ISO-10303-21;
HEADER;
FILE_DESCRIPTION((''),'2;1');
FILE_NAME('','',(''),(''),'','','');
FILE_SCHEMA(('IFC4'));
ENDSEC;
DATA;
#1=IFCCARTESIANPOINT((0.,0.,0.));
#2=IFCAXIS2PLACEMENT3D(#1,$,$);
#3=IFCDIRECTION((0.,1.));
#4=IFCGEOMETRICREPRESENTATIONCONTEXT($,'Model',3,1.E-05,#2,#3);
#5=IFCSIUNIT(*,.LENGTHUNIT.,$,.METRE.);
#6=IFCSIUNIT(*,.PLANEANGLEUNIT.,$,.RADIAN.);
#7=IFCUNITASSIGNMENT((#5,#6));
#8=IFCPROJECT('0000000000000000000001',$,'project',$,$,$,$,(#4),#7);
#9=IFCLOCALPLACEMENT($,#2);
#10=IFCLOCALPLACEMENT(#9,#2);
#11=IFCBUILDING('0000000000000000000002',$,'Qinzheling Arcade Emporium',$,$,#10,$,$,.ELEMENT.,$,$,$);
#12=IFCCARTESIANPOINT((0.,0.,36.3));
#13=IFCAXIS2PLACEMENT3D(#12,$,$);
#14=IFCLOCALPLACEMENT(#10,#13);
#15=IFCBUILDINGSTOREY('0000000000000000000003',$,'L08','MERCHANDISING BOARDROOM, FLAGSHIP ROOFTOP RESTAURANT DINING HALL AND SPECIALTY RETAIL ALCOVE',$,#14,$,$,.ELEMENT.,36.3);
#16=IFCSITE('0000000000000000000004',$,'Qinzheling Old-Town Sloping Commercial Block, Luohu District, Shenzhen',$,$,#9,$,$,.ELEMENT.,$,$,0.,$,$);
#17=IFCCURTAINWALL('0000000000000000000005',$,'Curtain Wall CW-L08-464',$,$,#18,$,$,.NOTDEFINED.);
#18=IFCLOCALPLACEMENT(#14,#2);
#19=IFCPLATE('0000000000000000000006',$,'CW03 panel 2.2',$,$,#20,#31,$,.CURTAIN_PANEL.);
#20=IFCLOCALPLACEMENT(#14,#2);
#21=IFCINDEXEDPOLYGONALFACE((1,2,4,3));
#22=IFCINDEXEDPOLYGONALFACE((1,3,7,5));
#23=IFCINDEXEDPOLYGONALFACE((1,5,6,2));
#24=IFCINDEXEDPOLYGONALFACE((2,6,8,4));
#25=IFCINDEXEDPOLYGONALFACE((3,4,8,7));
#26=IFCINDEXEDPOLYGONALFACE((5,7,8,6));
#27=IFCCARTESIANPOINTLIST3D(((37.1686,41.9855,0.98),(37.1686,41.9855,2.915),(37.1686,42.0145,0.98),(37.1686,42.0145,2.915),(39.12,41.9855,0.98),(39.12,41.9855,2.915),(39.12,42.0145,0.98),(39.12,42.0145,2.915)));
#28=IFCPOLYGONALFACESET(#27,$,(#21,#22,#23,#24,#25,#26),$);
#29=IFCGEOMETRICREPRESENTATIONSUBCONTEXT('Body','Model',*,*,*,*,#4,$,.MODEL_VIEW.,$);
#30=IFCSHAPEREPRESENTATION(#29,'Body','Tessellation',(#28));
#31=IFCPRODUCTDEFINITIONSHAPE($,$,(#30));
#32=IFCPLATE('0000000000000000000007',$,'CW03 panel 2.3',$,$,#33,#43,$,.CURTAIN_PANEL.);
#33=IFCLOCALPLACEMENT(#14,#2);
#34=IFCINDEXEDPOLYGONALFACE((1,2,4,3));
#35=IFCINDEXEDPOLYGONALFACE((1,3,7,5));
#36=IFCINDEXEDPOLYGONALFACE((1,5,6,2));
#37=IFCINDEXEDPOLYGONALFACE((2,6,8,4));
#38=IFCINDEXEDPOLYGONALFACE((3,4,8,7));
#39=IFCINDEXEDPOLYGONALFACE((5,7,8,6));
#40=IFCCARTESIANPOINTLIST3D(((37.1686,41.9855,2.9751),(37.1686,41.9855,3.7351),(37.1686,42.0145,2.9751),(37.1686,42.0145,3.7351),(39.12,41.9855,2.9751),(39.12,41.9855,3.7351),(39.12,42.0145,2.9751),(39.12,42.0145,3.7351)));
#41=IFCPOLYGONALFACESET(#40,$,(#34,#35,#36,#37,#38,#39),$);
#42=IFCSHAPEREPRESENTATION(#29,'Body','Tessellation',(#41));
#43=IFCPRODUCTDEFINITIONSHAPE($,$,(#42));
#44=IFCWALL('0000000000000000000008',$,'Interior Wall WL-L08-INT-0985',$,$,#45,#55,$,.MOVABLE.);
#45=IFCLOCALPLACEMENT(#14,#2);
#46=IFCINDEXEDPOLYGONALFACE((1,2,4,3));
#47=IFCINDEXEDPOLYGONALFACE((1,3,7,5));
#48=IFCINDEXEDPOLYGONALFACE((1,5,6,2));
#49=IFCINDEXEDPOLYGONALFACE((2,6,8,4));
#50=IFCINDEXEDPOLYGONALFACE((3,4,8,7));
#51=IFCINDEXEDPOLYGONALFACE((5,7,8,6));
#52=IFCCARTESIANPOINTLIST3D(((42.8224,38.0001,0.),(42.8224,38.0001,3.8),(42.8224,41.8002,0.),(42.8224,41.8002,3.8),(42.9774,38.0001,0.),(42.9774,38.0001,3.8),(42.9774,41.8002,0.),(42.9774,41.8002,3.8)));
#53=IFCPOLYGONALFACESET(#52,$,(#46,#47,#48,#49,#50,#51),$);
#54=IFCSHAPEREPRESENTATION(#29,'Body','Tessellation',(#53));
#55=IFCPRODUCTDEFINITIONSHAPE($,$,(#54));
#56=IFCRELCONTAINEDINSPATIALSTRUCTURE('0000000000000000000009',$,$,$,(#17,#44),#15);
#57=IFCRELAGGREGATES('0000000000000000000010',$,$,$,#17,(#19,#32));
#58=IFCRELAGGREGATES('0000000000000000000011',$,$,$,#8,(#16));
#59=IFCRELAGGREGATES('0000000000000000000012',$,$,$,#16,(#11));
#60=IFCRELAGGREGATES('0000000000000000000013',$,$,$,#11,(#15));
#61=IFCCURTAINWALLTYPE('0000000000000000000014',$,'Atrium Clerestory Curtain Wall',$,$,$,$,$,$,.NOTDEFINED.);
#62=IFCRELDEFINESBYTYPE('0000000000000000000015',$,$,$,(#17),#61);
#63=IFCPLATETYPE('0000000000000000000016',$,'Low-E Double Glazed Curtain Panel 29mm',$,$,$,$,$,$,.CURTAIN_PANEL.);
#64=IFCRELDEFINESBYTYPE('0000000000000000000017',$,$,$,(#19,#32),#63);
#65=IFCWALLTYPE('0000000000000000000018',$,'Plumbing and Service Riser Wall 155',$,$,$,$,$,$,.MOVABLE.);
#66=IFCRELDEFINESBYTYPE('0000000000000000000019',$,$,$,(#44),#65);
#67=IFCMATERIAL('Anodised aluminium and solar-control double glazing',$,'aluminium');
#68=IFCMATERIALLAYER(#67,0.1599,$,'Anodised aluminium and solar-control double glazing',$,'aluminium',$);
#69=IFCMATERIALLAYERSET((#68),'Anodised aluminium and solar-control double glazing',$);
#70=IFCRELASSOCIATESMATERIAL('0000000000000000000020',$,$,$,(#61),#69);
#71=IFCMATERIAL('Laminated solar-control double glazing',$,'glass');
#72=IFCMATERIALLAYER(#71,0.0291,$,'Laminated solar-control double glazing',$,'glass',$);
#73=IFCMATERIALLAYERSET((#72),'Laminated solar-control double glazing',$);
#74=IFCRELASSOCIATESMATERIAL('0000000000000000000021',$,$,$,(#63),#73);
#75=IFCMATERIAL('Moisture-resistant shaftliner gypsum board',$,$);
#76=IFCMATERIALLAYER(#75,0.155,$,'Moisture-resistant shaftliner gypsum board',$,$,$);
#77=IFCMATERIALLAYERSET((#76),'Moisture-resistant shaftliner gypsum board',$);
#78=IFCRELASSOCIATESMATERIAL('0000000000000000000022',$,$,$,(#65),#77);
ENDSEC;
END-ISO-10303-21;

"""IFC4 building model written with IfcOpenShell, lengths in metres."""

from ifc_helpers import new_model, si_unit, direction, frame, frame_2d, origin, origin_2d, place, context, subcontext, project, spatial, rectangle, extrude, material, layer, layer_set, type_object, element, aggregate, save


model = new_model("IFC4")

# Units and contexts
model_context = context("Model", 3, precision=1e-05, world=origin(), true_north=direction((0.0, 1.0)))
body_context = subcontext(model_context, "Body", "Model", "MODEL_VIEW")
ifc_project = project(units=[si_unit("LENGTHUNIT", "METRE"), si_unit("PLANEANGLEUNIT", "RADIAN")], contexts=[model_context])

# Site, building, storey
site_placement = place(None, origin())
site = spatial("IfcSite", under=ifc_project, at=site_placement, Name="Qinzheling Old-Town Sloping Commercial Block, Luohu District, Shenzhen", CompositionType="ELEMENT", RefElevation=0.0)
building_placement = place(site_placement, origin())
building = spatial("IfcBuilding", under=site, at=building_placement, Name="Qinzheling Arcade Emporium", CompositionType="ELEMENT")
storey_placement = place(building_placement, frame((0.0, 0.0, 36.3)))
storey = spatial("IfcBuildingStorey", under=building, at=storey_placement, Name="L08", Description="MERCHANDISING BOARDROOM, FLAGSHIP ROOFTOP RESTAURANT DINING HALL AND SPECIALTY RETAIL ALCOVE", CompositionType="ELEMENT", Elevation=36.3)

# Curtain wall, plates
ifc_material_1 = material(Name="Anodised aluminium and solar-control double glazing", Category="aluminium")
ifc_layer_1 = layer(ifc_material_1, 0.1599, Name="Anodised aluminium and solar-control double glazing", Category="aluminium")
ifc_layer_set_1 = layer_set([ifc_layer_1], Name="Anodised aluminium and solar-control double glazing")
curtain_wall_type = type_object("IfcCurtainWallType", Name="Atrium Clerestory Curtain Wall", PredefinedType="NOTDEFINED", material=ifc_layer_set_1)
curtain_wall_placement = place(storey_placement, origin())
curtain_wall = element("IfcCurtainWall", 1, at=curtain_wall_placement, inside=storey, type_object=curtain_wall_type, Name="Curtain Wall CW-L08-464", PredefinedType="NOTDEFINED")
ifc_material_2 = material(Name="Laminated solar-control double glazing", Category="glass")
ifc_layer_2 = layer(ifc_material_2, 0.0291, Name="Laminated solar-control double glazing", Category="glass")
ifc_layer_set_2 = layer_set([ifc_layer_2], Name="Laminated solar-control double glazing")
plate_type = type_object("IfcPlateType", Name="Low-E Double Glazed Curtain Panel 29mm", PredefinedType="CURTAIN_PANEL", material=ifc_layer_set_2)
plate_1_placement = place(storey_placement, frame((38.1443, 42.0, 0.98), z_axis=(0.0, 0.0, 1.0), x_axis=(1.0, 0.0, 0.0)))
plate_1 = element("IfcPlate", 2, at=plate_1_placement, type_object=plate_type, Name="CW03 panel 2.2", PredefinedType="CURTAIN_PANEL", context=body_context, shape_type="SweptSolid", body=[
    extrude(rectangle(XDim=1.9514, YDim=0.0291, at=origin_2d()), origin(), (0.0, 0.0, 1.0), 1.9351),
])
plate_2_placement = place(storey_placement, frame((38.1443, 42.0, 2.9751), z_axis=(0.0, 0.0, 1.0), x_axis=(1.0, 0.0, 0.0)))
plate_2 = element("IfcPlate", 3, at=plate_2_placement, type_object=plate_type, Name="CW03 panel 2.3", PredefinedType="CURTAIN_PANEL", context=body_context, shape_type="SweptSolid", body=[
    extrude(rectangle(XDim=1.9514, YDim=0.0291, at=origin_2d()), origin(), (0.0, 0.0, 1.0), 0.76),
])
aggregate(curtain_wall, [plate_1, plate_2])

# Wall
ifc_material_3 = material(Name="Moisture-resistant shaftliner gypsum board")
ifc_layer_3 = layer(ifc_material_3, 0.155, Name="Moisture-resistant shaftliner gypsum board")
ifc_layer_set_3 = layer_set([ifc_layer_3], Name="Moisture-resistant shaftliner gypsum board")
wall_type = type_object("IfcWallType", Name="Plumbing and Service Riser Wall 155", PredefinedType="MOVABLE", material=ifc_layer_set_3)
wall_placement = place(storey_placement, frame((42.8999, 41.8, 0.0), z_axis=(0.0, 0.0, 1.0), x_axis=(0.0, -1.0, 0.0)))
element("IfcWall", 4, at=wall_placement, inside=storey, type_object=wall_type, Name="Interior Wall WL-L08-INT-0985", PredefinedType="MOVABLE", context=body_context, shape_type="SweptSolid", body=[
    extrude(rectangle(XDim=3.8, YDim=0.155, at=frame_2d((1.8999, 0.0))), origin(), (0.0, 0.0, 1.0), 3.8),
])

save(model, "model.ifc")
